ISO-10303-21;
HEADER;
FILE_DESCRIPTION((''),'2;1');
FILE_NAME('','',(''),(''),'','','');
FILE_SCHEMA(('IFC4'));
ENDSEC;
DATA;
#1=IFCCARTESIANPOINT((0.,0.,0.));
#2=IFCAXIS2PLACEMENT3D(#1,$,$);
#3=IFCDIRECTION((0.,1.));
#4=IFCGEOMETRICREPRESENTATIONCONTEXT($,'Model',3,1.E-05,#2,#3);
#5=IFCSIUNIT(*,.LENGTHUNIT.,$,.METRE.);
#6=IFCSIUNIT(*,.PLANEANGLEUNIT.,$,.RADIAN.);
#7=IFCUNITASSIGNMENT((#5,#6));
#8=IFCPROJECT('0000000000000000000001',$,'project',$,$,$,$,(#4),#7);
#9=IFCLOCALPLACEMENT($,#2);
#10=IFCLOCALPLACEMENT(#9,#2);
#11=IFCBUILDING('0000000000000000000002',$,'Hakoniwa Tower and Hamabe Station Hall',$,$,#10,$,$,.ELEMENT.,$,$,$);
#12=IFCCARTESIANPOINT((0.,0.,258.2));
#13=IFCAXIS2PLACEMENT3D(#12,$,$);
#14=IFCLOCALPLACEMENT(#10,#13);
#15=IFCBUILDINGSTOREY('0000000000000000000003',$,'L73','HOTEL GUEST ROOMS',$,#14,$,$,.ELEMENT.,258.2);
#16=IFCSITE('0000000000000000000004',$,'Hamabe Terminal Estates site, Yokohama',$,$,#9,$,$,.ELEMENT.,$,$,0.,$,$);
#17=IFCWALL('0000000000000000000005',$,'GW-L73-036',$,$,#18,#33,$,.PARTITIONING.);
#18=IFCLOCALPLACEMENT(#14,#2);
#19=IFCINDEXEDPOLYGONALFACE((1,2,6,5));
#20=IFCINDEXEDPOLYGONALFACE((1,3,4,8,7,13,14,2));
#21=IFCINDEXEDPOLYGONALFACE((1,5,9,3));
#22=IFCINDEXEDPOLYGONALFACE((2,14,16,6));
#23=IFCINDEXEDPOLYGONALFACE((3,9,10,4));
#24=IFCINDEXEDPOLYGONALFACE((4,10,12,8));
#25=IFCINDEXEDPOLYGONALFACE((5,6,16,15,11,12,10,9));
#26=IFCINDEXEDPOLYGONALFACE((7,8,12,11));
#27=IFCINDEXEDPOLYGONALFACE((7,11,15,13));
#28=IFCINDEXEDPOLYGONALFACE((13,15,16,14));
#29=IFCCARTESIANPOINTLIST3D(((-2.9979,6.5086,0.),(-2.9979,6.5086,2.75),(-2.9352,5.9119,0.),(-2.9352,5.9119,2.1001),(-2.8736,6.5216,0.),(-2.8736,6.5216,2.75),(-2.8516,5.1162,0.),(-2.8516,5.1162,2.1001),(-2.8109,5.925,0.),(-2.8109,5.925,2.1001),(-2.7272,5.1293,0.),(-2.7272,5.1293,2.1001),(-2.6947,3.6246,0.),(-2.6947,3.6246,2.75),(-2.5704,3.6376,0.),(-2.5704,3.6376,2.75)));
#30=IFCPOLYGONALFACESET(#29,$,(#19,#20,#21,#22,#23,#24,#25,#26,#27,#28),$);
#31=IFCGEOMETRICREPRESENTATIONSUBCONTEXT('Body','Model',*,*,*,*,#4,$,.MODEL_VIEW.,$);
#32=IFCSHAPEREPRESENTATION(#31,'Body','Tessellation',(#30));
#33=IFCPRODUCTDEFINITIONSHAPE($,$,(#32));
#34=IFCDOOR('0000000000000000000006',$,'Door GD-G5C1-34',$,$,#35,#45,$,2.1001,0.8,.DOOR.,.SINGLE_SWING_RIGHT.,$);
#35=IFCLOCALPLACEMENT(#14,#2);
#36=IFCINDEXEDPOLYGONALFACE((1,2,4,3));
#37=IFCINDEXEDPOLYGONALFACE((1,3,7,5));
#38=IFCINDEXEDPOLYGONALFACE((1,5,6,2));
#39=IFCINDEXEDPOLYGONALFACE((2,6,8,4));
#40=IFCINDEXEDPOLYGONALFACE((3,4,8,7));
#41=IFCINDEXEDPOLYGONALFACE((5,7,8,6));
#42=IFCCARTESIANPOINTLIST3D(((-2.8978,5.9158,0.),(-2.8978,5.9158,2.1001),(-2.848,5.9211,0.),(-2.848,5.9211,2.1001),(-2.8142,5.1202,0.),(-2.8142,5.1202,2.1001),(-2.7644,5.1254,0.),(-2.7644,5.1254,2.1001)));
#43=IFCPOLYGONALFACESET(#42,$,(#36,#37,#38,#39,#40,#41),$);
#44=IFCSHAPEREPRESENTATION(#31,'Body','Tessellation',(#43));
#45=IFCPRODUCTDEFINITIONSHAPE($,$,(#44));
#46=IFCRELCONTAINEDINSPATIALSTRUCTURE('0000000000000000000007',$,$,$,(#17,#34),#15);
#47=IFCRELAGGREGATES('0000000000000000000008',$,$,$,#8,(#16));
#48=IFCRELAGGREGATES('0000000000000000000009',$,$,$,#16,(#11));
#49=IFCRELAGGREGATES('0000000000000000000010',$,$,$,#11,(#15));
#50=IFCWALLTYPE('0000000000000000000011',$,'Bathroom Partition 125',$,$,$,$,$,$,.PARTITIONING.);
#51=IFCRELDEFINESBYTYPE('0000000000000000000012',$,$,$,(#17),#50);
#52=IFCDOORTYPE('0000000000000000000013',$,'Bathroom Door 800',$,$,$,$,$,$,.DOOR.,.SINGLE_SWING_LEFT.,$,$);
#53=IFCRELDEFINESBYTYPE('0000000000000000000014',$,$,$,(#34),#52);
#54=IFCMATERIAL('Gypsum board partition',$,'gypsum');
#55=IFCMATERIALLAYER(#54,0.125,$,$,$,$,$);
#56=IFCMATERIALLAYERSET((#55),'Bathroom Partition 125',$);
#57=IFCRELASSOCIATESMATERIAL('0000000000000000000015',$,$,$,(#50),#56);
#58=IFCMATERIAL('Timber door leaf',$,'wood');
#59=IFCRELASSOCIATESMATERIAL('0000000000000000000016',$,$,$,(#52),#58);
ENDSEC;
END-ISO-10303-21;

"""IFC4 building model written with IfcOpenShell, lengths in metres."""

from ifc_helpers import new_model, si_unit, direction, frame, frame_2d, origin, place, context, subcontext, project, spatial, rectangle, extrude, material, layer, layer_set, type_object, element, fill, save


model = new_model("IFC4")

# Units and contexts
model_context = context("Model", 3, precision=1e-05, world=origin(), true_north=direction((0.0, 1.0)))
body_context = subcontext(model_context, "Body", "Model", "MODEL_VIEW")
ifc_project = project(units=[si_unit("LENGTHUNIT", "METRE"), si_unit("PLANEANGLEUNIT", "RADIAN")], contexts=[model_context])

# Site, building, storey
site_placement = place(None, origin())
site = spatial("IfcSite", under=ifc_project, at=site_placement, Name="Hamabe Terminal Estates site, Yokohama", CompositionType="ELEMENT", RefElevation=0.0)
building_placement = place(site_placement, origin())
building = spatial("IfcBuilding", under=site, at=building_placement, Name="Hakoniwa Tower and Hamabe Station Hall", CompositionType="ELEMENT")
storey_placement = place(building_placement, frame((0.0, 0.0, 258.2)))
storey = spatial("IfcBuildingStorey", under=building, at=storey_placement, Name="L73", Description="HOTEL GUEST ROOMS", CompositionType="ELEMENT", Elevation=258.2)

# Shared definitions
ifc_material_1 = material(Name="Gypsum board partition", Category="gypsum")
ifc_layer_1 = layer(ifc_material_1, 0.125)
ifc_layer_set_1 = layer_set([ifc_layer_1], Name="Bathroom Partition 125")
wall_type_1 = type_object("IfcWallType", Name="Bathroom Partition 125", PredefinedType="PARTITIONING", material=ifc_layer_set_1)

# Wall, opening, door
ifc_material_2 = material(Name="Timber door leaf", Category="wood")
door_type_1 = type_object("IfcDoorType", Name="Bathroom Door 800", OperationType="SINGLE_SWING_LEFT", PredefinedType="DOOR", material=ifc_material_2)
wall_1_placement = place(storey_placement, frame((-2.6326, 3.6311, 0.0), z_axis=(0.0, 0.0, 1.0), x_axis=(-0.104562, 0.994518, 0.0)))
wall_1 = element("IfcWall", 1, at=wall_1_placement, inside=storey, type_object=wall_type_1, Name="GW-L73-036", PredefinedType="PARTITIONING", context=body_context, shape_type="SweptSolid", body=[
    extrude(rectangle(XDim=2.8999, YDim=0.125, at=frame_2d((1.45, 0.0))), origin(), (0.0, 0.0, 1.0), 2.75),
])
opening_1_placement = place(wall_1_placement, frame((1.5, 0.0, 0.0)))
opening_1 = element("IfcOpeningElement", 2, at=opening_1_placement, cuts=wall_1, PredefinedType="OPENING", context=body_context, shape_type="SweptSolid", body=[
    extrude(rectangle(XDim=0.8, YDim=2.1001, at=frame_2d((0.3999, 1.05))), frame((0.0, 0.0725, 0.0), z_axis=(0.0, -1.0, 0.0), x_axis=(1.0, 0.0, 0.0)), (0.0, 0.0, 1.0), 0.145),
])
door_1_placement = place(opening_1_placement, origin())
door_1 = element("IfcDoor", 3, at=door_1_placement, inside=storey, type_object=door_type_1, Name="Door GD-G5C1-34", OperationType="SINGLE_SWING_RIGHT", OverallHeight=2.1001, OverallWidth=0.8, PredefinedType="DOOR", context=body_context, shape_type="SweptSolid", body=[
    extrude(rectangle(XDim=0.8, YDim=2.1001, at=frame_2d((0.3999, 1.05))), frame((0.0, 0.0249, 0.0), z_axis=(0.0, -1.0, 0.0), x_axis=(1.0, 0.0, 0.0)), (0.0, 0.0, 1.0), 0.05),
])
fill(opening_1, door_1)

save(model, "model.ifc")
